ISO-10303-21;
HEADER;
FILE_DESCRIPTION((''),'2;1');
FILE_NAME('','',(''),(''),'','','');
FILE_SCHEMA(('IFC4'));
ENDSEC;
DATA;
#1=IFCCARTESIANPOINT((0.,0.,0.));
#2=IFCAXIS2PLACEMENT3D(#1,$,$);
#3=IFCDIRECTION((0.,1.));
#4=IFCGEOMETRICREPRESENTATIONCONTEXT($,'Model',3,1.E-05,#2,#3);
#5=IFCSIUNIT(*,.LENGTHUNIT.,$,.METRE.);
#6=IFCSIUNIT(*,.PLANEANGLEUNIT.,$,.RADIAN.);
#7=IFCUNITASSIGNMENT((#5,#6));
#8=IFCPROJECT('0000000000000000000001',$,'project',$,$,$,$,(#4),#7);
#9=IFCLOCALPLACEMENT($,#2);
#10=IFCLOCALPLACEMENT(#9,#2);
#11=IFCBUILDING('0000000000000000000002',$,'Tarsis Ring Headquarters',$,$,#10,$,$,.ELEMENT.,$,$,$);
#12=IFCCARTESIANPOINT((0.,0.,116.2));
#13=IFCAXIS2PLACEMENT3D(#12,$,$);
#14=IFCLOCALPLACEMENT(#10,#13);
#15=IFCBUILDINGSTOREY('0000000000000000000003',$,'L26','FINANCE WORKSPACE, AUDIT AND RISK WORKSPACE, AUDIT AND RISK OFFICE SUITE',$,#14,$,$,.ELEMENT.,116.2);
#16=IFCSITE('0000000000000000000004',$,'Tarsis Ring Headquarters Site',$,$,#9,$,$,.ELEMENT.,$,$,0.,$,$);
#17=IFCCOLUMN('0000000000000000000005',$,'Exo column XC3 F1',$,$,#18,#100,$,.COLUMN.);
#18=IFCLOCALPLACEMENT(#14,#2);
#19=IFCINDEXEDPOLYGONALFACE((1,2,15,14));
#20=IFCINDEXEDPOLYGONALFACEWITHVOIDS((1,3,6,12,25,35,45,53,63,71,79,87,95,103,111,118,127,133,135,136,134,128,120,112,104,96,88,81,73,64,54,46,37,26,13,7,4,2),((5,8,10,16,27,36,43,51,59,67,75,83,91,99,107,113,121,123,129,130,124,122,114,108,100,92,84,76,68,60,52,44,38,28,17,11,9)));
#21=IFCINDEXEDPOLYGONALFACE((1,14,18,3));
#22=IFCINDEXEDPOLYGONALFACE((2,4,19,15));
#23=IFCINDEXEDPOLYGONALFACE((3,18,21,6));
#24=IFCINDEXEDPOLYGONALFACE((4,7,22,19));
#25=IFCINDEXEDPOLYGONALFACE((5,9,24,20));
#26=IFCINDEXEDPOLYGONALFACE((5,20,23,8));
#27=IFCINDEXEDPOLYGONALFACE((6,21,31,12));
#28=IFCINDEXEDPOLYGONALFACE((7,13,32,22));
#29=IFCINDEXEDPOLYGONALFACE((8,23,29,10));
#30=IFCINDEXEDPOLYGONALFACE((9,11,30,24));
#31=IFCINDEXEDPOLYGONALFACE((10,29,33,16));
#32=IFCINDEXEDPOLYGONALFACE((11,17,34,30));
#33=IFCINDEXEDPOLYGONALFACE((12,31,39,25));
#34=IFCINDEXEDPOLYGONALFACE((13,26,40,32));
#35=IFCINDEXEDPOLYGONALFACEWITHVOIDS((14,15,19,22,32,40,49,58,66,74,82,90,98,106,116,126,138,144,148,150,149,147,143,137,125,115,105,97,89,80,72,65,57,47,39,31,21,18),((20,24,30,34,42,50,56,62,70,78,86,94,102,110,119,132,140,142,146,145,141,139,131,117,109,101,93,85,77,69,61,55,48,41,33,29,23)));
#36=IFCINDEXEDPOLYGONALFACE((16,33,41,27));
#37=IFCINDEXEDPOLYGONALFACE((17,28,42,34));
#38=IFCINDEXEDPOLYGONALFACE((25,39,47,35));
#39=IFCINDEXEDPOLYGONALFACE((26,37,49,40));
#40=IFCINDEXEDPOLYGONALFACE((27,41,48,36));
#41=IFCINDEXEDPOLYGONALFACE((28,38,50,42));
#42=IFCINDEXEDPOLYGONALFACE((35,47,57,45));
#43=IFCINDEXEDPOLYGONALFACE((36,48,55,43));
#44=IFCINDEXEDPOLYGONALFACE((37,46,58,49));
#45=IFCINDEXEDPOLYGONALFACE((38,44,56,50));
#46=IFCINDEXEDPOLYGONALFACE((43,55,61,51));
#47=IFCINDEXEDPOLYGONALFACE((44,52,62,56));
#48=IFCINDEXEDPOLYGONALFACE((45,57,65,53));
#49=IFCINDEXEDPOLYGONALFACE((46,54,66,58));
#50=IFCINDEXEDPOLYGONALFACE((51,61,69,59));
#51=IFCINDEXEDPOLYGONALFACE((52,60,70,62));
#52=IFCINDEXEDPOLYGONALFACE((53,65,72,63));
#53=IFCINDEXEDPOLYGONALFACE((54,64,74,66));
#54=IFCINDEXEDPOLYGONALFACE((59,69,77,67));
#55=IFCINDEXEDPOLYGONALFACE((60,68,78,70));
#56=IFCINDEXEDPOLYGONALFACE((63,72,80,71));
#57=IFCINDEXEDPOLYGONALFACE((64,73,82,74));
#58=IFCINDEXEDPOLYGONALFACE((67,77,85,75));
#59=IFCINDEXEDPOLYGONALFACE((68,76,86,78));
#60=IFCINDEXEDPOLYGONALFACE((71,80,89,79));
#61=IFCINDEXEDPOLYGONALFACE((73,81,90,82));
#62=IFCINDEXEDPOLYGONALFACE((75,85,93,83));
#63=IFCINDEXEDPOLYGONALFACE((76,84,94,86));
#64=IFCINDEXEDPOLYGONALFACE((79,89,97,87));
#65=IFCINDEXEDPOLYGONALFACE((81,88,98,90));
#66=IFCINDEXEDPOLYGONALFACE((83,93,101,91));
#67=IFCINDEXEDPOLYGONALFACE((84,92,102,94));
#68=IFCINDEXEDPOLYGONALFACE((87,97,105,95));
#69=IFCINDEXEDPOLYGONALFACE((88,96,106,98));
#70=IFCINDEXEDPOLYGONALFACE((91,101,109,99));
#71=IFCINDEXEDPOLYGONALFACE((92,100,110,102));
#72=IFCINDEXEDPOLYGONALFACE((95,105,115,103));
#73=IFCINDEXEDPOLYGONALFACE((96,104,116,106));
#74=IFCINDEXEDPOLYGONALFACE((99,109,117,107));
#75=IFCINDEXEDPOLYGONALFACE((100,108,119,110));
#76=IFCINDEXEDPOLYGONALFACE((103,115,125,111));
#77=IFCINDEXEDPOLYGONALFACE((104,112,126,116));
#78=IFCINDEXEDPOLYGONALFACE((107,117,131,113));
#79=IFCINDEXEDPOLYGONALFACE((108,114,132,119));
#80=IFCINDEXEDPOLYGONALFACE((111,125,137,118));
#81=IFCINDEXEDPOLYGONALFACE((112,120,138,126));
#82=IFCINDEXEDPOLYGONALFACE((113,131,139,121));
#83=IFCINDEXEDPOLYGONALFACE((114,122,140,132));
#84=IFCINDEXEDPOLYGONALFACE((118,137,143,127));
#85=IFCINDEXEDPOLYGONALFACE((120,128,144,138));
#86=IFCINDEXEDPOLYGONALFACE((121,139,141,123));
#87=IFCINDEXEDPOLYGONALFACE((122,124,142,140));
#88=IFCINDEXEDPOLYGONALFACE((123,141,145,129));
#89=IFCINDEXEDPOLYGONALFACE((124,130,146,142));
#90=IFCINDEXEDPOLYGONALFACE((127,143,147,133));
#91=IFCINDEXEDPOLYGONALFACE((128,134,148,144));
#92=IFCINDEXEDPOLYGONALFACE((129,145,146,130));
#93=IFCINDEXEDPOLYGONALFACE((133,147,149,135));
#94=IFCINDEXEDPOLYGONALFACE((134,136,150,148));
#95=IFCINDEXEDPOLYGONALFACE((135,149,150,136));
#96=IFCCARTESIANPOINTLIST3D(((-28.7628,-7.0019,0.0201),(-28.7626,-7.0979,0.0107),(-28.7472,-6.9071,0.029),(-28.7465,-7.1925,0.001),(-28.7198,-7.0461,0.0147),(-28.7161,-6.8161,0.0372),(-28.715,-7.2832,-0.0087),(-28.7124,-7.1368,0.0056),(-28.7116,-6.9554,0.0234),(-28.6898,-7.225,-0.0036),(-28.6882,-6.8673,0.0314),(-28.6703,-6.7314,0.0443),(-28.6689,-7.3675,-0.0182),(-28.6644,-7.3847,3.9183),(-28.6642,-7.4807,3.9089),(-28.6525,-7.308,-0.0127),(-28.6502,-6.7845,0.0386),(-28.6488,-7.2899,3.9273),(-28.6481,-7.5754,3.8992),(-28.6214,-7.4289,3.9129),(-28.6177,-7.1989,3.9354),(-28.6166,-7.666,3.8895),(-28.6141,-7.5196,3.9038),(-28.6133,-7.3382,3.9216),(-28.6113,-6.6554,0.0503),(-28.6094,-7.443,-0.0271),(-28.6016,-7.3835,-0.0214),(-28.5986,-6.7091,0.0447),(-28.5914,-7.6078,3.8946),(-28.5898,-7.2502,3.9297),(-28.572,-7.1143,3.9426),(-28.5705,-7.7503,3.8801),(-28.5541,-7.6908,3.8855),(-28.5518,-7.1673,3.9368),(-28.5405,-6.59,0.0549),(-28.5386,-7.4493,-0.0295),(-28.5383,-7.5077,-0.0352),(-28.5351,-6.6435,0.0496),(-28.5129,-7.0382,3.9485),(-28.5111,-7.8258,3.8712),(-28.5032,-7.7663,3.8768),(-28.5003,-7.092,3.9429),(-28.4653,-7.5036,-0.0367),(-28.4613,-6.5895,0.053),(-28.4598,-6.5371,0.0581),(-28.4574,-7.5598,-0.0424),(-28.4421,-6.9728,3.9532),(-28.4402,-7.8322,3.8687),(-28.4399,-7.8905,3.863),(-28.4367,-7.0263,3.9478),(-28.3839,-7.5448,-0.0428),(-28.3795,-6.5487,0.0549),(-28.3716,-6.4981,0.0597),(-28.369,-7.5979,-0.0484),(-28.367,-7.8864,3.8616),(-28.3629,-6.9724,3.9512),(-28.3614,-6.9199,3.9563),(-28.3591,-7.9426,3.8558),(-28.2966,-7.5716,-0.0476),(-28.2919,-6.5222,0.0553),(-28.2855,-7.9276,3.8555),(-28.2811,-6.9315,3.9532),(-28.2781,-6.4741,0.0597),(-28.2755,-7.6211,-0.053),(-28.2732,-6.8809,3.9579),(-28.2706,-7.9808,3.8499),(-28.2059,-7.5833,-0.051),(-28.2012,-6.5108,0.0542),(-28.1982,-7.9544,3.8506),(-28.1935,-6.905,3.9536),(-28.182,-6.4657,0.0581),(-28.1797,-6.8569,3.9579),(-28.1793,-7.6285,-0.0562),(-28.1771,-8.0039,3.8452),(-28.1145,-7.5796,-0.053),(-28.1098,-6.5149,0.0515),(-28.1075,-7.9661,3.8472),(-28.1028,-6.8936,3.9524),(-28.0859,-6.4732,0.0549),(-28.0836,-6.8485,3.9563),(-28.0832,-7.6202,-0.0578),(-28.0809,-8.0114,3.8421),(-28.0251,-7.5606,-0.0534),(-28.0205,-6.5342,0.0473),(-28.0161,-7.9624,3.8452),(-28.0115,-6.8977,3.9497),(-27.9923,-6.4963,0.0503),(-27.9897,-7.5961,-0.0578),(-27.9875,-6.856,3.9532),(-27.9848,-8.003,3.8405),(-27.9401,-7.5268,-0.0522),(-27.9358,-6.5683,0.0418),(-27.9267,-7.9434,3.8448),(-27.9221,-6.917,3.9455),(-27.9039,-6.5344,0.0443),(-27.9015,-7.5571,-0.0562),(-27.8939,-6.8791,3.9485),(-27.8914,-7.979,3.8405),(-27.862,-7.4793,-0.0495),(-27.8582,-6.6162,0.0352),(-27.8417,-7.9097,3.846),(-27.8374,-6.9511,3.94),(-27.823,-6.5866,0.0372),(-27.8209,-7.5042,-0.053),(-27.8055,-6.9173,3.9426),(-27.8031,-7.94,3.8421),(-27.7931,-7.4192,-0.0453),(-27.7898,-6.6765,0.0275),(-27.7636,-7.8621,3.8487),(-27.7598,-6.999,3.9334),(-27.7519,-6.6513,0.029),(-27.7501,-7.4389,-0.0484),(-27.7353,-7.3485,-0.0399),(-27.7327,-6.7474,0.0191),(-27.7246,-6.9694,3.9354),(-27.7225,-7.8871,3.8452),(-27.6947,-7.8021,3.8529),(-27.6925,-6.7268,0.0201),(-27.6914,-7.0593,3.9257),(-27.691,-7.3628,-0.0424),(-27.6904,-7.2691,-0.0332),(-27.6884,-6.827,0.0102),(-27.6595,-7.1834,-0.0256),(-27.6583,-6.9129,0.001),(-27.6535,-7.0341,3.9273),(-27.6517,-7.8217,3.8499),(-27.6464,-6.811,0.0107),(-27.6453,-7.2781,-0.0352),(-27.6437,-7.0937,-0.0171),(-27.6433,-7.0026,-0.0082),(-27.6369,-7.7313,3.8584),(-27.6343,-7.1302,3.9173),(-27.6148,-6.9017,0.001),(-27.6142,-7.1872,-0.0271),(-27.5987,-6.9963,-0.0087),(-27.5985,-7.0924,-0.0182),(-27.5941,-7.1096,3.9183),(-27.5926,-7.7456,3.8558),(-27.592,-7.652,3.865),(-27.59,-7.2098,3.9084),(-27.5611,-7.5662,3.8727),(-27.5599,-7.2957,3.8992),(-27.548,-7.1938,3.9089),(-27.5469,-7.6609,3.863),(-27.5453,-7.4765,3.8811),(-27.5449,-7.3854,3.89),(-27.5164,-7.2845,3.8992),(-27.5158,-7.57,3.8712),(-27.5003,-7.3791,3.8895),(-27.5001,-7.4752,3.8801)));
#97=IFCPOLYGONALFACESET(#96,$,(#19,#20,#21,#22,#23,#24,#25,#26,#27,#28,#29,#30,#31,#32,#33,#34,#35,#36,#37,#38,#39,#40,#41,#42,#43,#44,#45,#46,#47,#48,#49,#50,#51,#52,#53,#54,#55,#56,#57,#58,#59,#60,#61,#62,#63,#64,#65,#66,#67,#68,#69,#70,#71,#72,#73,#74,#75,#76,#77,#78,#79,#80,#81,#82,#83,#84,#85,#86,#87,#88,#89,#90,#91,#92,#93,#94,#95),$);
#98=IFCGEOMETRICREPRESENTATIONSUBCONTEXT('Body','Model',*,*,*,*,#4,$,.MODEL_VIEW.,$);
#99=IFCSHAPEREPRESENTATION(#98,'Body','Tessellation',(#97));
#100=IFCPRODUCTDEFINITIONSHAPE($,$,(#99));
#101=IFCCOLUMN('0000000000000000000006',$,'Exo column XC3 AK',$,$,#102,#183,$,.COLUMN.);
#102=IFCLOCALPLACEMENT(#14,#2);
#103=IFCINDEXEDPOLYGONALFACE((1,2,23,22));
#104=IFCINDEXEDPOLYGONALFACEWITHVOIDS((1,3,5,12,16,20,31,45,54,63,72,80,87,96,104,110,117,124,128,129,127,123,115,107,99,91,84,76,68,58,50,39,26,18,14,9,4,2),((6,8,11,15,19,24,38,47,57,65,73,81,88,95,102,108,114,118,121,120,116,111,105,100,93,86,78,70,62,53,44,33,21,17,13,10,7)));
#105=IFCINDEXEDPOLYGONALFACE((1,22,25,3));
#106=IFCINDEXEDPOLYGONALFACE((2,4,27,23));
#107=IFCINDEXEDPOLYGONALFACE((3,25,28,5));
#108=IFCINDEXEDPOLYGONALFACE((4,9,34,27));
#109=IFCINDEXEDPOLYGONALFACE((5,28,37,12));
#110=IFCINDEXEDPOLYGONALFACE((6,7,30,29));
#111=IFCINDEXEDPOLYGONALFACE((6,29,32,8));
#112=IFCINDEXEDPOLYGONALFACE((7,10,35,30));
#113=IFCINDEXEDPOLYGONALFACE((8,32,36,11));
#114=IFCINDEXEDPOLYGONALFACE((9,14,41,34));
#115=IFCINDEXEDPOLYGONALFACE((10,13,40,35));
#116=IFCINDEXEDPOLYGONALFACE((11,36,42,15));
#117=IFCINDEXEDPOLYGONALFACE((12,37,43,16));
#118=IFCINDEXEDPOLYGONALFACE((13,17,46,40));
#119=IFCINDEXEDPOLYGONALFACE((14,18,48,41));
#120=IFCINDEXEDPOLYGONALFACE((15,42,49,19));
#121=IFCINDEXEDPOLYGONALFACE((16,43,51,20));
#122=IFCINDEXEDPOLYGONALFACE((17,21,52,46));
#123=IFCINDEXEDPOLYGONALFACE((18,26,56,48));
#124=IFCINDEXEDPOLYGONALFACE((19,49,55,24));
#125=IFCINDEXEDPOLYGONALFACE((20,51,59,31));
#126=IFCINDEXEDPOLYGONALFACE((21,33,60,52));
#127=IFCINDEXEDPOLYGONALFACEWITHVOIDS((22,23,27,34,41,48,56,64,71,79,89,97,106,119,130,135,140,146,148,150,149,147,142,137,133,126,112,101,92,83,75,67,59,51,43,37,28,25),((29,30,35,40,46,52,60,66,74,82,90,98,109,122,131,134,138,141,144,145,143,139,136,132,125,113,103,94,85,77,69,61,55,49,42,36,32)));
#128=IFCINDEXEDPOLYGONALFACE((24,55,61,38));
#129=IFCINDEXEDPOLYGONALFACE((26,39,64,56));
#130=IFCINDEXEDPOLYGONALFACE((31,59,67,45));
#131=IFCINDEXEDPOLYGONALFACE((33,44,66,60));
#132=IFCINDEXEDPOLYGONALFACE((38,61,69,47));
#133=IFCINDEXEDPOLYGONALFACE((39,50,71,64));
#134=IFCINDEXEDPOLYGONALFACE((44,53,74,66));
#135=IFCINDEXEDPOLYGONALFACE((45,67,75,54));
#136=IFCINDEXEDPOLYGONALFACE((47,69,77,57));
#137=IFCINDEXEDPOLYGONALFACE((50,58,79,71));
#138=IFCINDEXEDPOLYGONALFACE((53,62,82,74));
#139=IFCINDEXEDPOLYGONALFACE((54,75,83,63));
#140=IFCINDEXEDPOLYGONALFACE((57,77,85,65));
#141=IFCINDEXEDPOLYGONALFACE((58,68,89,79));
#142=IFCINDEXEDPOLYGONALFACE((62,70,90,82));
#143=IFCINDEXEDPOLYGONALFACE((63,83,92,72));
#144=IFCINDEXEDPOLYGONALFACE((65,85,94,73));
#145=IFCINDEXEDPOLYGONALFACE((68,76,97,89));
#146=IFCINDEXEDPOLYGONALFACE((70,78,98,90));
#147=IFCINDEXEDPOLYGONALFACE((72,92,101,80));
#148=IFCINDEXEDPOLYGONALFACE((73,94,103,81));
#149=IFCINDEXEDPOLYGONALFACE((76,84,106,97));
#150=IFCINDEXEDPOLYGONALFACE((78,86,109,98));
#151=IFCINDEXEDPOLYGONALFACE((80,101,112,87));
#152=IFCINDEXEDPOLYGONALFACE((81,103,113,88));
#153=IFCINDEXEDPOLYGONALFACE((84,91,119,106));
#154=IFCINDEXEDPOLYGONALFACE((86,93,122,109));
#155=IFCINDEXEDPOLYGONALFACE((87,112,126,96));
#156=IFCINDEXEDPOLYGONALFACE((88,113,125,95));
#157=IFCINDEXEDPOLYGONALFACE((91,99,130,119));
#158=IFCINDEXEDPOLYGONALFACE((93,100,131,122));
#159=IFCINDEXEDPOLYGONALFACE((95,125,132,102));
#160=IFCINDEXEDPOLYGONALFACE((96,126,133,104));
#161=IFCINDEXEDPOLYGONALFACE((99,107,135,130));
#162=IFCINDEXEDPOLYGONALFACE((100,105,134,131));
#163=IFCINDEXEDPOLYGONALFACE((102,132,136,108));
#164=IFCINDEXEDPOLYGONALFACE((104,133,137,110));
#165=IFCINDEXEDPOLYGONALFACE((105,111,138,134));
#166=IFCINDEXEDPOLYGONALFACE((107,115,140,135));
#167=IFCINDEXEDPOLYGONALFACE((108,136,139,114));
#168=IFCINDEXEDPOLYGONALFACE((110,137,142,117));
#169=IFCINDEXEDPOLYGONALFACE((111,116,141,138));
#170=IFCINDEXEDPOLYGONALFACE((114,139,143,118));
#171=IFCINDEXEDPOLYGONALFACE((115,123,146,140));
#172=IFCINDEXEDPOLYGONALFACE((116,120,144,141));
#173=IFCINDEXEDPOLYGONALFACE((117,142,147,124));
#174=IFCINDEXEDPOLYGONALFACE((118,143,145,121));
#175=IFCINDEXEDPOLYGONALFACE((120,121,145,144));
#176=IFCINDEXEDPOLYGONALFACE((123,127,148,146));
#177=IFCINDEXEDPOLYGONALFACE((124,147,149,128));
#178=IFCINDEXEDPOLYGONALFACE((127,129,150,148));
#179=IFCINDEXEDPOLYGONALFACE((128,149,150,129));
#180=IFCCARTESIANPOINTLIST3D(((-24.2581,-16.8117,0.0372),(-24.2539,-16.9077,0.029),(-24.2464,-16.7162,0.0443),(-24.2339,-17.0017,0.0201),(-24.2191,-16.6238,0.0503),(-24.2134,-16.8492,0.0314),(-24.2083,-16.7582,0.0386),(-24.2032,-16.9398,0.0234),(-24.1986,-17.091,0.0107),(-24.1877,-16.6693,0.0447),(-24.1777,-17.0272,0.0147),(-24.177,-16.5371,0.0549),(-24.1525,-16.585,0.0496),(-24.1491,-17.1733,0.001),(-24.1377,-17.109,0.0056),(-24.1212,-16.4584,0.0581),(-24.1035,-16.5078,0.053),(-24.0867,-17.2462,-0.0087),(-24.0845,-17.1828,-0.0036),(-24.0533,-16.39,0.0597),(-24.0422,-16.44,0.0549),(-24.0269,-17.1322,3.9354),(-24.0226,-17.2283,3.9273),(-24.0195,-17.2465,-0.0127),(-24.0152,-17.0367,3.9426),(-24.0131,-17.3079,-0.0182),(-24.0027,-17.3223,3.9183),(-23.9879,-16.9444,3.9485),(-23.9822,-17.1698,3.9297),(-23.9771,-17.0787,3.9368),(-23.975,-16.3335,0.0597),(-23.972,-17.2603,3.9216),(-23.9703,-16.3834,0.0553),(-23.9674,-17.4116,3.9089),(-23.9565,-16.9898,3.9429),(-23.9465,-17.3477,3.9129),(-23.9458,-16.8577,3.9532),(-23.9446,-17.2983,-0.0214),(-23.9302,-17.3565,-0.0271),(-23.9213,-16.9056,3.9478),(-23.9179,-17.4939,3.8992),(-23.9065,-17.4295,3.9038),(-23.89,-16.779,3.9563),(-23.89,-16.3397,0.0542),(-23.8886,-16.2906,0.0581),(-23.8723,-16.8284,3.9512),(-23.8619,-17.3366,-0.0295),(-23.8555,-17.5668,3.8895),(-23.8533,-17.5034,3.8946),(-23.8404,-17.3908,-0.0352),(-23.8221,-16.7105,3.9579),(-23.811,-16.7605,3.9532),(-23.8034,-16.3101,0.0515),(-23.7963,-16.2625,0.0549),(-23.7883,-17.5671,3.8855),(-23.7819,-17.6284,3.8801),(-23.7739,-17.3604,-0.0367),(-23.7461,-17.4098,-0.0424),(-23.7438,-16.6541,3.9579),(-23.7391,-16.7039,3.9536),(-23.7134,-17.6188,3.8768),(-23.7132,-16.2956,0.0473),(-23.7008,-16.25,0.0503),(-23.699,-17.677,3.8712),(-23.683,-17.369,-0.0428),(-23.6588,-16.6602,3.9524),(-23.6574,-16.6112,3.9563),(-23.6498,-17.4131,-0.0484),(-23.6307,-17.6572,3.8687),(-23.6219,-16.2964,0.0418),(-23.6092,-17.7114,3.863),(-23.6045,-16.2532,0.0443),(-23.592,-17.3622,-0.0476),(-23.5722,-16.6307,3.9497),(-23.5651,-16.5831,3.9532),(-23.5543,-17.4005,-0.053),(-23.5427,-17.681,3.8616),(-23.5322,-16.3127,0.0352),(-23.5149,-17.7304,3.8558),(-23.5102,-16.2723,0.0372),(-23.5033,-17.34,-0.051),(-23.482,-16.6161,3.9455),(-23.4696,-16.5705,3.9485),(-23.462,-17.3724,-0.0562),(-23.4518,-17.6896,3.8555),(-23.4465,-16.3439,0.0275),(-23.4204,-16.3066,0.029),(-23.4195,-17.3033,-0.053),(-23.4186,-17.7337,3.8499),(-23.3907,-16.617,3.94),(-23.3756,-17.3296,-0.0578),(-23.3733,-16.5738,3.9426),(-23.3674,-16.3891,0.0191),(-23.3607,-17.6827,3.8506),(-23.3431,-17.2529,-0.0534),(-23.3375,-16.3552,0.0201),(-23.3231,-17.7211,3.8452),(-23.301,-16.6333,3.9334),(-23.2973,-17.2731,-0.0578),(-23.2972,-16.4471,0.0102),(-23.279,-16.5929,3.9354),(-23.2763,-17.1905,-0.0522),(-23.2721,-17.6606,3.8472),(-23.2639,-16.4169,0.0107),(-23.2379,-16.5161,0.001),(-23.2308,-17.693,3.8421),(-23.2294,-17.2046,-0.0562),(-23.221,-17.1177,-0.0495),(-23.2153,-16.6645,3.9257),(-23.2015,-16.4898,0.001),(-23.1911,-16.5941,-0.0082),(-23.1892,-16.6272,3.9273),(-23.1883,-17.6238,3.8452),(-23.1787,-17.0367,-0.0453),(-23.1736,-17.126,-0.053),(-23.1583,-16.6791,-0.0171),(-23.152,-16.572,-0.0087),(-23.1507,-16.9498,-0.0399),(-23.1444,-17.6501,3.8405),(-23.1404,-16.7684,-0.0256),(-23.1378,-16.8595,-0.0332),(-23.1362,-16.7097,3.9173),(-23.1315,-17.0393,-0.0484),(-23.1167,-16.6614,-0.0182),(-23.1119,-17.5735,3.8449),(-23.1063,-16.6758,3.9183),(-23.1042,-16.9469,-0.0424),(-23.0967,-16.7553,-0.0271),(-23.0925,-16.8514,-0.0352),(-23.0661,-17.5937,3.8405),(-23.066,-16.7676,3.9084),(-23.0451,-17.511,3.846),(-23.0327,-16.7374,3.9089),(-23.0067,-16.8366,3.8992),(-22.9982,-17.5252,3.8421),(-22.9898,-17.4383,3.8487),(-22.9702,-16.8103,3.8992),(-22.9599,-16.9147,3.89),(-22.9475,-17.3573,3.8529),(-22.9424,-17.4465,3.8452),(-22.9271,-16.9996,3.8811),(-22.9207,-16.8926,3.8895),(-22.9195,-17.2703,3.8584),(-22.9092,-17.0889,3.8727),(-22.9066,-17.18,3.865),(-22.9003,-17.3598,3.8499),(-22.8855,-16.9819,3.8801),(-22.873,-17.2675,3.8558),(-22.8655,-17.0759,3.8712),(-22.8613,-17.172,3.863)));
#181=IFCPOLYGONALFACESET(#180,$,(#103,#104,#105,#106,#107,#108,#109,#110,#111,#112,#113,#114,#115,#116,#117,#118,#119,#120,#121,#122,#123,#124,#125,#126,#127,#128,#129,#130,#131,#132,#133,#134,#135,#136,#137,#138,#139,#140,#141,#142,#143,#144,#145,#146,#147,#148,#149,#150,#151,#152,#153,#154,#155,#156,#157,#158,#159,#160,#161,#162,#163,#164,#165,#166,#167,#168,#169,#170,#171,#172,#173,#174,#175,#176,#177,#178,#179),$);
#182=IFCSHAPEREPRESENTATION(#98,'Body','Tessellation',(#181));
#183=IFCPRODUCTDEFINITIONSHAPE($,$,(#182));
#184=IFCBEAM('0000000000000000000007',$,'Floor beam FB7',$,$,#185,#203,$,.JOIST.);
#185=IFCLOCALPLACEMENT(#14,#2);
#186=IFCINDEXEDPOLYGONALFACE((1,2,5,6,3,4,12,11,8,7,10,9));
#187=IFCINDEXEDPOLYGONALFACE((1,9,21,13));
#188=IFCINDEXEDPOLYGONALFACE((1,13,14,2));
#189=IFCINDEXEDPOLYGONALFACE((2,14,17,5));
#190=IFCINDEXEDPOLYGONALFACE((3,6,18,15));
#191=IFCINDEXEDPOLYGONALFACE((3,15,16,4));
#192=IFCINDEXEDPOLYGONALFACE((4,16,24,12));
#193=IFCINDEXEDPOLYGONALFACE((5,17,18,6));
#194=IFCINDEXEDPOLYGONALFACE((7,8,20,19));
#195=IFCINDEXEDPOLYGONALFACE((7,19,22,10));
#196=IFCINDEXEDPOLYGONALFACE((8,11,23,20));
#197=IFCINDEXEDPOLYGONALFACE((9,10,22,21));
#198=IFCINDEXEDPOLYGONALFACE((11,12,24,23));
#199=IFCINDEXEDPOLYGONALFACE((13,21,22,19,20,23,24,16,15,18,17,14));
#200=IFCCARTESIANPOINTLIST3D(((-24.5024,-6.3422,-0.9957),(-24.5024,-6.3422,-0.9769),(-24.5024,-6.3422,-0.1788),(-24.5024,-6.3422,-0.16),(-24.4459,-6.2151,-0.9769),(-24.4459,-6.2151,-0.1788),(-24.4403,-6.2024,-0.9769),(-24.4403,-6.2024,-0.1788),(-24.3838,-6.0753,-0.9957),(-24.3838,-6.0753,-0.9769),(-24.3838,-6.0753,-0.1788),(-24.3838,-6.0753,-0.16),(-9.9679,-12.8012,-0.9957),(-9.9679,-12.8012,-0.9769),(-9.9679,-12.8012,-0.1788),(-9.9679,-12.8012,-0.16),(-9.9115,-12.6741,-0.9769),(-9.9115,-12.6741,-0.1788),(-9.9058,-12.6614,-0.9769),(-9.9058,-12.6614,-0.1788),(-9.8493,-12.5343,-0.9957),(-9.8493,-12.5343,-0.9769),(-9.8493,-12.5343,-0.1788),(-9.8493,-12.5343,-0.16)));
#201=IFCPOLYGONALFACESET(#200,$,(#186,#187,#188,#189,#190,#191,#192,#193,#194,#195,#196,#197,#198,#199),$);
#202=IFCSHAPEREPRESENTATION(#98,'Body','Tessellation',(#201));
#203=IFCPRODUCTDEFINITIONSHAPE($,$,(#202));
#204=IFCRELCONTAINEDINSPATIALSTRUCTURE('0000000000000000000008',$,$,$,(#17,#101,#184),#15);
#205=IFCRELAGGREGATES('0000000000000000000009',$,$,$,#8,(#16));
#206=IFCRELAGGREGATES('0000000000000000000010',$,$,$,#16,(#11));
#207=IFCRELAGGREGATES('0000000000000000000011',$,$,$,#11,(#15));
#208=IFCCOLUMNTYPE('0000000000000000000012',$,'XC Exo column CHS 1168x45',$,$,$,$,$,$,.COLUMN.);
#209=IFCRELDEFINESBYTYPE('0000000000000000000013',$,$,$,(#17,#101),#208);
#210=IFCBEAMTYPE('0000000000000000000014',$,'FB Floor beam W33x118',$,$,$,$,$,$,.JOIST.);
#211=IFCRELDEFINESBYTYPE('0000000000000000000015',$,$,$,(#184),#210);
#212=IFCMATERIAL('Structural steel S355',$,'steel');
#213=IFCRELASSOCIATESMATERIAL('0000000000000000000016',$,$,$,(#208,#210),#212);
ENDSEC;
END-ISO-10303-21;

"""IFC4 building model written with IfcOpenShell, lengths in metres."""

from ifc_helpers import new_model, si_unit, direction, frame, origin, origin_2d, place, context, subcontext, project, spatial, hollow_circle, i_section, extrude, material, material_profile, profile_set, type_object, element, save


model = new_model("IFC4")

# Units and contexts
model_context = context("Model", 3, precision=1e-05, world=origin(), true_north=direction((0.0, 1.0)))
body_context = subcontext(model_context, "Body", "Model", "MODEL_VIEW")
ifc_project = project(units=[si_unit("LENGTHUNIT", "METRE"), si_unit("PLANEANGLEUNIT", "RADIAN")], contexts=[model_context])

# Site, building, storey
site_placement = place(None, origin())
site = spatial("IfcSite", under=ifc_project, at=site_placement, Name="Tarsis Ring Headquarters Site", CompositionType="ELEMENT", RefElevation=0.0)
building_placement = place(site_placement, origin())
building = spatial("IfcBuilding", under=site, at=building_placement, Name="Tarsis Ring Headquarters", CompositionType="ELEMENT")
storey_placement = place(building_placement, frame((0.0, 0.0, 116.2)))
storey = spatial("IfcBuildingStorey", under=building, at=storey_placement, Name="L26", Description="FINANCE WORKSPACE, AUDIT AND RISK WORKSPACE, AUDIT AND RISK OFFICE SUITE", CompositionType="ELEMENT", Elevation=116.2)

# Columns
ifc_material_1 = material(Name="Structural steel S355", Category="steel")
ifc_material_profile_1 = material_profile(ifc_material_1, hollow_circle(Radius=0.5842, WallThickness=0.0449, at=origin_2d()), Name="CHS 1168x45")
ifc_profile_set_1 = profile_set([ifc_material_profile_1], Name="Structural steel S355")
column_type = type_object("IfcColumnType", Name="XC Exo column CHS 1168x45", PredefinedType="COLUMN", material=ifc_profile_set_1)
for number, where, z_axis, x_axis, name in (
    (1, (-28.1807, -7.0471, 0.001), (0.025111, -0.097702, 0.994899), (0.968523, 0.248925, 0.0), "Exo column XC3 F1"),
    (2, (-23.6753, -16.8315, 0.001), (0.059007, -0.081813, 0.994899), (0.811054, 0.584972, 0.0), "Exo column XC3 AK"),
):
    element("IfcColumn", number, at=place(storey_placement, frame(where, z_axis=z_axis, x_axis=x_axis)), inside=storey, type_object=column_type, Name=name, PredefinedType="COLUMN", context=body_context, shape_type="SweptSolid", body=[
        extrude(hollow_circle(Radius=0.5842, WallThickness=0.0449, at=origin_2d()), origin(), (0.0, 0.0, 1.0), 3.9182),
    ])

# Beam
ifc_material_profile_2 = material_profile(ifc_material_1, i_section(OverallWidth=0.292, OverallDepth=0.8357, WebThickness=0.0139, FlangeThickness=0.0188, at=origin_2d()), Name="W33x118")
ifc_profile_set_2 = profile_set([ifc_material_profile_2], Name="Structural steel S355")
beam_type_1 = type_object("IfcBeamType", Name="FB Floor beam W33x118", PredefinedType="JOIST", material=ifc_profile_set_2)
beam_1_placement = place(storey_placement, frame((-24.4431, -6.2087, -0.5779), z_axis=(0.913829, -0.406099, 0.0), x_axis=(0.406099, 0.913829, 0.0)))
element("IfcBeam", 3, at=beam_1_placement, inside=storey, type_object=beam_type_1, Name="Floor beam FB7", PredefinedType="JOIST", context=body_context, shape_type="SweptSolid", body=[
    extrude(i_section(OverallWidth=0.292, OverallDepth=0.8357, WebThickness=0.0139, FlangeThickness=0.0188, at=origin_2d()), origin(), (0.0, 0.0, 1.0), 15.905),
])

save(model, "model.ifc")
